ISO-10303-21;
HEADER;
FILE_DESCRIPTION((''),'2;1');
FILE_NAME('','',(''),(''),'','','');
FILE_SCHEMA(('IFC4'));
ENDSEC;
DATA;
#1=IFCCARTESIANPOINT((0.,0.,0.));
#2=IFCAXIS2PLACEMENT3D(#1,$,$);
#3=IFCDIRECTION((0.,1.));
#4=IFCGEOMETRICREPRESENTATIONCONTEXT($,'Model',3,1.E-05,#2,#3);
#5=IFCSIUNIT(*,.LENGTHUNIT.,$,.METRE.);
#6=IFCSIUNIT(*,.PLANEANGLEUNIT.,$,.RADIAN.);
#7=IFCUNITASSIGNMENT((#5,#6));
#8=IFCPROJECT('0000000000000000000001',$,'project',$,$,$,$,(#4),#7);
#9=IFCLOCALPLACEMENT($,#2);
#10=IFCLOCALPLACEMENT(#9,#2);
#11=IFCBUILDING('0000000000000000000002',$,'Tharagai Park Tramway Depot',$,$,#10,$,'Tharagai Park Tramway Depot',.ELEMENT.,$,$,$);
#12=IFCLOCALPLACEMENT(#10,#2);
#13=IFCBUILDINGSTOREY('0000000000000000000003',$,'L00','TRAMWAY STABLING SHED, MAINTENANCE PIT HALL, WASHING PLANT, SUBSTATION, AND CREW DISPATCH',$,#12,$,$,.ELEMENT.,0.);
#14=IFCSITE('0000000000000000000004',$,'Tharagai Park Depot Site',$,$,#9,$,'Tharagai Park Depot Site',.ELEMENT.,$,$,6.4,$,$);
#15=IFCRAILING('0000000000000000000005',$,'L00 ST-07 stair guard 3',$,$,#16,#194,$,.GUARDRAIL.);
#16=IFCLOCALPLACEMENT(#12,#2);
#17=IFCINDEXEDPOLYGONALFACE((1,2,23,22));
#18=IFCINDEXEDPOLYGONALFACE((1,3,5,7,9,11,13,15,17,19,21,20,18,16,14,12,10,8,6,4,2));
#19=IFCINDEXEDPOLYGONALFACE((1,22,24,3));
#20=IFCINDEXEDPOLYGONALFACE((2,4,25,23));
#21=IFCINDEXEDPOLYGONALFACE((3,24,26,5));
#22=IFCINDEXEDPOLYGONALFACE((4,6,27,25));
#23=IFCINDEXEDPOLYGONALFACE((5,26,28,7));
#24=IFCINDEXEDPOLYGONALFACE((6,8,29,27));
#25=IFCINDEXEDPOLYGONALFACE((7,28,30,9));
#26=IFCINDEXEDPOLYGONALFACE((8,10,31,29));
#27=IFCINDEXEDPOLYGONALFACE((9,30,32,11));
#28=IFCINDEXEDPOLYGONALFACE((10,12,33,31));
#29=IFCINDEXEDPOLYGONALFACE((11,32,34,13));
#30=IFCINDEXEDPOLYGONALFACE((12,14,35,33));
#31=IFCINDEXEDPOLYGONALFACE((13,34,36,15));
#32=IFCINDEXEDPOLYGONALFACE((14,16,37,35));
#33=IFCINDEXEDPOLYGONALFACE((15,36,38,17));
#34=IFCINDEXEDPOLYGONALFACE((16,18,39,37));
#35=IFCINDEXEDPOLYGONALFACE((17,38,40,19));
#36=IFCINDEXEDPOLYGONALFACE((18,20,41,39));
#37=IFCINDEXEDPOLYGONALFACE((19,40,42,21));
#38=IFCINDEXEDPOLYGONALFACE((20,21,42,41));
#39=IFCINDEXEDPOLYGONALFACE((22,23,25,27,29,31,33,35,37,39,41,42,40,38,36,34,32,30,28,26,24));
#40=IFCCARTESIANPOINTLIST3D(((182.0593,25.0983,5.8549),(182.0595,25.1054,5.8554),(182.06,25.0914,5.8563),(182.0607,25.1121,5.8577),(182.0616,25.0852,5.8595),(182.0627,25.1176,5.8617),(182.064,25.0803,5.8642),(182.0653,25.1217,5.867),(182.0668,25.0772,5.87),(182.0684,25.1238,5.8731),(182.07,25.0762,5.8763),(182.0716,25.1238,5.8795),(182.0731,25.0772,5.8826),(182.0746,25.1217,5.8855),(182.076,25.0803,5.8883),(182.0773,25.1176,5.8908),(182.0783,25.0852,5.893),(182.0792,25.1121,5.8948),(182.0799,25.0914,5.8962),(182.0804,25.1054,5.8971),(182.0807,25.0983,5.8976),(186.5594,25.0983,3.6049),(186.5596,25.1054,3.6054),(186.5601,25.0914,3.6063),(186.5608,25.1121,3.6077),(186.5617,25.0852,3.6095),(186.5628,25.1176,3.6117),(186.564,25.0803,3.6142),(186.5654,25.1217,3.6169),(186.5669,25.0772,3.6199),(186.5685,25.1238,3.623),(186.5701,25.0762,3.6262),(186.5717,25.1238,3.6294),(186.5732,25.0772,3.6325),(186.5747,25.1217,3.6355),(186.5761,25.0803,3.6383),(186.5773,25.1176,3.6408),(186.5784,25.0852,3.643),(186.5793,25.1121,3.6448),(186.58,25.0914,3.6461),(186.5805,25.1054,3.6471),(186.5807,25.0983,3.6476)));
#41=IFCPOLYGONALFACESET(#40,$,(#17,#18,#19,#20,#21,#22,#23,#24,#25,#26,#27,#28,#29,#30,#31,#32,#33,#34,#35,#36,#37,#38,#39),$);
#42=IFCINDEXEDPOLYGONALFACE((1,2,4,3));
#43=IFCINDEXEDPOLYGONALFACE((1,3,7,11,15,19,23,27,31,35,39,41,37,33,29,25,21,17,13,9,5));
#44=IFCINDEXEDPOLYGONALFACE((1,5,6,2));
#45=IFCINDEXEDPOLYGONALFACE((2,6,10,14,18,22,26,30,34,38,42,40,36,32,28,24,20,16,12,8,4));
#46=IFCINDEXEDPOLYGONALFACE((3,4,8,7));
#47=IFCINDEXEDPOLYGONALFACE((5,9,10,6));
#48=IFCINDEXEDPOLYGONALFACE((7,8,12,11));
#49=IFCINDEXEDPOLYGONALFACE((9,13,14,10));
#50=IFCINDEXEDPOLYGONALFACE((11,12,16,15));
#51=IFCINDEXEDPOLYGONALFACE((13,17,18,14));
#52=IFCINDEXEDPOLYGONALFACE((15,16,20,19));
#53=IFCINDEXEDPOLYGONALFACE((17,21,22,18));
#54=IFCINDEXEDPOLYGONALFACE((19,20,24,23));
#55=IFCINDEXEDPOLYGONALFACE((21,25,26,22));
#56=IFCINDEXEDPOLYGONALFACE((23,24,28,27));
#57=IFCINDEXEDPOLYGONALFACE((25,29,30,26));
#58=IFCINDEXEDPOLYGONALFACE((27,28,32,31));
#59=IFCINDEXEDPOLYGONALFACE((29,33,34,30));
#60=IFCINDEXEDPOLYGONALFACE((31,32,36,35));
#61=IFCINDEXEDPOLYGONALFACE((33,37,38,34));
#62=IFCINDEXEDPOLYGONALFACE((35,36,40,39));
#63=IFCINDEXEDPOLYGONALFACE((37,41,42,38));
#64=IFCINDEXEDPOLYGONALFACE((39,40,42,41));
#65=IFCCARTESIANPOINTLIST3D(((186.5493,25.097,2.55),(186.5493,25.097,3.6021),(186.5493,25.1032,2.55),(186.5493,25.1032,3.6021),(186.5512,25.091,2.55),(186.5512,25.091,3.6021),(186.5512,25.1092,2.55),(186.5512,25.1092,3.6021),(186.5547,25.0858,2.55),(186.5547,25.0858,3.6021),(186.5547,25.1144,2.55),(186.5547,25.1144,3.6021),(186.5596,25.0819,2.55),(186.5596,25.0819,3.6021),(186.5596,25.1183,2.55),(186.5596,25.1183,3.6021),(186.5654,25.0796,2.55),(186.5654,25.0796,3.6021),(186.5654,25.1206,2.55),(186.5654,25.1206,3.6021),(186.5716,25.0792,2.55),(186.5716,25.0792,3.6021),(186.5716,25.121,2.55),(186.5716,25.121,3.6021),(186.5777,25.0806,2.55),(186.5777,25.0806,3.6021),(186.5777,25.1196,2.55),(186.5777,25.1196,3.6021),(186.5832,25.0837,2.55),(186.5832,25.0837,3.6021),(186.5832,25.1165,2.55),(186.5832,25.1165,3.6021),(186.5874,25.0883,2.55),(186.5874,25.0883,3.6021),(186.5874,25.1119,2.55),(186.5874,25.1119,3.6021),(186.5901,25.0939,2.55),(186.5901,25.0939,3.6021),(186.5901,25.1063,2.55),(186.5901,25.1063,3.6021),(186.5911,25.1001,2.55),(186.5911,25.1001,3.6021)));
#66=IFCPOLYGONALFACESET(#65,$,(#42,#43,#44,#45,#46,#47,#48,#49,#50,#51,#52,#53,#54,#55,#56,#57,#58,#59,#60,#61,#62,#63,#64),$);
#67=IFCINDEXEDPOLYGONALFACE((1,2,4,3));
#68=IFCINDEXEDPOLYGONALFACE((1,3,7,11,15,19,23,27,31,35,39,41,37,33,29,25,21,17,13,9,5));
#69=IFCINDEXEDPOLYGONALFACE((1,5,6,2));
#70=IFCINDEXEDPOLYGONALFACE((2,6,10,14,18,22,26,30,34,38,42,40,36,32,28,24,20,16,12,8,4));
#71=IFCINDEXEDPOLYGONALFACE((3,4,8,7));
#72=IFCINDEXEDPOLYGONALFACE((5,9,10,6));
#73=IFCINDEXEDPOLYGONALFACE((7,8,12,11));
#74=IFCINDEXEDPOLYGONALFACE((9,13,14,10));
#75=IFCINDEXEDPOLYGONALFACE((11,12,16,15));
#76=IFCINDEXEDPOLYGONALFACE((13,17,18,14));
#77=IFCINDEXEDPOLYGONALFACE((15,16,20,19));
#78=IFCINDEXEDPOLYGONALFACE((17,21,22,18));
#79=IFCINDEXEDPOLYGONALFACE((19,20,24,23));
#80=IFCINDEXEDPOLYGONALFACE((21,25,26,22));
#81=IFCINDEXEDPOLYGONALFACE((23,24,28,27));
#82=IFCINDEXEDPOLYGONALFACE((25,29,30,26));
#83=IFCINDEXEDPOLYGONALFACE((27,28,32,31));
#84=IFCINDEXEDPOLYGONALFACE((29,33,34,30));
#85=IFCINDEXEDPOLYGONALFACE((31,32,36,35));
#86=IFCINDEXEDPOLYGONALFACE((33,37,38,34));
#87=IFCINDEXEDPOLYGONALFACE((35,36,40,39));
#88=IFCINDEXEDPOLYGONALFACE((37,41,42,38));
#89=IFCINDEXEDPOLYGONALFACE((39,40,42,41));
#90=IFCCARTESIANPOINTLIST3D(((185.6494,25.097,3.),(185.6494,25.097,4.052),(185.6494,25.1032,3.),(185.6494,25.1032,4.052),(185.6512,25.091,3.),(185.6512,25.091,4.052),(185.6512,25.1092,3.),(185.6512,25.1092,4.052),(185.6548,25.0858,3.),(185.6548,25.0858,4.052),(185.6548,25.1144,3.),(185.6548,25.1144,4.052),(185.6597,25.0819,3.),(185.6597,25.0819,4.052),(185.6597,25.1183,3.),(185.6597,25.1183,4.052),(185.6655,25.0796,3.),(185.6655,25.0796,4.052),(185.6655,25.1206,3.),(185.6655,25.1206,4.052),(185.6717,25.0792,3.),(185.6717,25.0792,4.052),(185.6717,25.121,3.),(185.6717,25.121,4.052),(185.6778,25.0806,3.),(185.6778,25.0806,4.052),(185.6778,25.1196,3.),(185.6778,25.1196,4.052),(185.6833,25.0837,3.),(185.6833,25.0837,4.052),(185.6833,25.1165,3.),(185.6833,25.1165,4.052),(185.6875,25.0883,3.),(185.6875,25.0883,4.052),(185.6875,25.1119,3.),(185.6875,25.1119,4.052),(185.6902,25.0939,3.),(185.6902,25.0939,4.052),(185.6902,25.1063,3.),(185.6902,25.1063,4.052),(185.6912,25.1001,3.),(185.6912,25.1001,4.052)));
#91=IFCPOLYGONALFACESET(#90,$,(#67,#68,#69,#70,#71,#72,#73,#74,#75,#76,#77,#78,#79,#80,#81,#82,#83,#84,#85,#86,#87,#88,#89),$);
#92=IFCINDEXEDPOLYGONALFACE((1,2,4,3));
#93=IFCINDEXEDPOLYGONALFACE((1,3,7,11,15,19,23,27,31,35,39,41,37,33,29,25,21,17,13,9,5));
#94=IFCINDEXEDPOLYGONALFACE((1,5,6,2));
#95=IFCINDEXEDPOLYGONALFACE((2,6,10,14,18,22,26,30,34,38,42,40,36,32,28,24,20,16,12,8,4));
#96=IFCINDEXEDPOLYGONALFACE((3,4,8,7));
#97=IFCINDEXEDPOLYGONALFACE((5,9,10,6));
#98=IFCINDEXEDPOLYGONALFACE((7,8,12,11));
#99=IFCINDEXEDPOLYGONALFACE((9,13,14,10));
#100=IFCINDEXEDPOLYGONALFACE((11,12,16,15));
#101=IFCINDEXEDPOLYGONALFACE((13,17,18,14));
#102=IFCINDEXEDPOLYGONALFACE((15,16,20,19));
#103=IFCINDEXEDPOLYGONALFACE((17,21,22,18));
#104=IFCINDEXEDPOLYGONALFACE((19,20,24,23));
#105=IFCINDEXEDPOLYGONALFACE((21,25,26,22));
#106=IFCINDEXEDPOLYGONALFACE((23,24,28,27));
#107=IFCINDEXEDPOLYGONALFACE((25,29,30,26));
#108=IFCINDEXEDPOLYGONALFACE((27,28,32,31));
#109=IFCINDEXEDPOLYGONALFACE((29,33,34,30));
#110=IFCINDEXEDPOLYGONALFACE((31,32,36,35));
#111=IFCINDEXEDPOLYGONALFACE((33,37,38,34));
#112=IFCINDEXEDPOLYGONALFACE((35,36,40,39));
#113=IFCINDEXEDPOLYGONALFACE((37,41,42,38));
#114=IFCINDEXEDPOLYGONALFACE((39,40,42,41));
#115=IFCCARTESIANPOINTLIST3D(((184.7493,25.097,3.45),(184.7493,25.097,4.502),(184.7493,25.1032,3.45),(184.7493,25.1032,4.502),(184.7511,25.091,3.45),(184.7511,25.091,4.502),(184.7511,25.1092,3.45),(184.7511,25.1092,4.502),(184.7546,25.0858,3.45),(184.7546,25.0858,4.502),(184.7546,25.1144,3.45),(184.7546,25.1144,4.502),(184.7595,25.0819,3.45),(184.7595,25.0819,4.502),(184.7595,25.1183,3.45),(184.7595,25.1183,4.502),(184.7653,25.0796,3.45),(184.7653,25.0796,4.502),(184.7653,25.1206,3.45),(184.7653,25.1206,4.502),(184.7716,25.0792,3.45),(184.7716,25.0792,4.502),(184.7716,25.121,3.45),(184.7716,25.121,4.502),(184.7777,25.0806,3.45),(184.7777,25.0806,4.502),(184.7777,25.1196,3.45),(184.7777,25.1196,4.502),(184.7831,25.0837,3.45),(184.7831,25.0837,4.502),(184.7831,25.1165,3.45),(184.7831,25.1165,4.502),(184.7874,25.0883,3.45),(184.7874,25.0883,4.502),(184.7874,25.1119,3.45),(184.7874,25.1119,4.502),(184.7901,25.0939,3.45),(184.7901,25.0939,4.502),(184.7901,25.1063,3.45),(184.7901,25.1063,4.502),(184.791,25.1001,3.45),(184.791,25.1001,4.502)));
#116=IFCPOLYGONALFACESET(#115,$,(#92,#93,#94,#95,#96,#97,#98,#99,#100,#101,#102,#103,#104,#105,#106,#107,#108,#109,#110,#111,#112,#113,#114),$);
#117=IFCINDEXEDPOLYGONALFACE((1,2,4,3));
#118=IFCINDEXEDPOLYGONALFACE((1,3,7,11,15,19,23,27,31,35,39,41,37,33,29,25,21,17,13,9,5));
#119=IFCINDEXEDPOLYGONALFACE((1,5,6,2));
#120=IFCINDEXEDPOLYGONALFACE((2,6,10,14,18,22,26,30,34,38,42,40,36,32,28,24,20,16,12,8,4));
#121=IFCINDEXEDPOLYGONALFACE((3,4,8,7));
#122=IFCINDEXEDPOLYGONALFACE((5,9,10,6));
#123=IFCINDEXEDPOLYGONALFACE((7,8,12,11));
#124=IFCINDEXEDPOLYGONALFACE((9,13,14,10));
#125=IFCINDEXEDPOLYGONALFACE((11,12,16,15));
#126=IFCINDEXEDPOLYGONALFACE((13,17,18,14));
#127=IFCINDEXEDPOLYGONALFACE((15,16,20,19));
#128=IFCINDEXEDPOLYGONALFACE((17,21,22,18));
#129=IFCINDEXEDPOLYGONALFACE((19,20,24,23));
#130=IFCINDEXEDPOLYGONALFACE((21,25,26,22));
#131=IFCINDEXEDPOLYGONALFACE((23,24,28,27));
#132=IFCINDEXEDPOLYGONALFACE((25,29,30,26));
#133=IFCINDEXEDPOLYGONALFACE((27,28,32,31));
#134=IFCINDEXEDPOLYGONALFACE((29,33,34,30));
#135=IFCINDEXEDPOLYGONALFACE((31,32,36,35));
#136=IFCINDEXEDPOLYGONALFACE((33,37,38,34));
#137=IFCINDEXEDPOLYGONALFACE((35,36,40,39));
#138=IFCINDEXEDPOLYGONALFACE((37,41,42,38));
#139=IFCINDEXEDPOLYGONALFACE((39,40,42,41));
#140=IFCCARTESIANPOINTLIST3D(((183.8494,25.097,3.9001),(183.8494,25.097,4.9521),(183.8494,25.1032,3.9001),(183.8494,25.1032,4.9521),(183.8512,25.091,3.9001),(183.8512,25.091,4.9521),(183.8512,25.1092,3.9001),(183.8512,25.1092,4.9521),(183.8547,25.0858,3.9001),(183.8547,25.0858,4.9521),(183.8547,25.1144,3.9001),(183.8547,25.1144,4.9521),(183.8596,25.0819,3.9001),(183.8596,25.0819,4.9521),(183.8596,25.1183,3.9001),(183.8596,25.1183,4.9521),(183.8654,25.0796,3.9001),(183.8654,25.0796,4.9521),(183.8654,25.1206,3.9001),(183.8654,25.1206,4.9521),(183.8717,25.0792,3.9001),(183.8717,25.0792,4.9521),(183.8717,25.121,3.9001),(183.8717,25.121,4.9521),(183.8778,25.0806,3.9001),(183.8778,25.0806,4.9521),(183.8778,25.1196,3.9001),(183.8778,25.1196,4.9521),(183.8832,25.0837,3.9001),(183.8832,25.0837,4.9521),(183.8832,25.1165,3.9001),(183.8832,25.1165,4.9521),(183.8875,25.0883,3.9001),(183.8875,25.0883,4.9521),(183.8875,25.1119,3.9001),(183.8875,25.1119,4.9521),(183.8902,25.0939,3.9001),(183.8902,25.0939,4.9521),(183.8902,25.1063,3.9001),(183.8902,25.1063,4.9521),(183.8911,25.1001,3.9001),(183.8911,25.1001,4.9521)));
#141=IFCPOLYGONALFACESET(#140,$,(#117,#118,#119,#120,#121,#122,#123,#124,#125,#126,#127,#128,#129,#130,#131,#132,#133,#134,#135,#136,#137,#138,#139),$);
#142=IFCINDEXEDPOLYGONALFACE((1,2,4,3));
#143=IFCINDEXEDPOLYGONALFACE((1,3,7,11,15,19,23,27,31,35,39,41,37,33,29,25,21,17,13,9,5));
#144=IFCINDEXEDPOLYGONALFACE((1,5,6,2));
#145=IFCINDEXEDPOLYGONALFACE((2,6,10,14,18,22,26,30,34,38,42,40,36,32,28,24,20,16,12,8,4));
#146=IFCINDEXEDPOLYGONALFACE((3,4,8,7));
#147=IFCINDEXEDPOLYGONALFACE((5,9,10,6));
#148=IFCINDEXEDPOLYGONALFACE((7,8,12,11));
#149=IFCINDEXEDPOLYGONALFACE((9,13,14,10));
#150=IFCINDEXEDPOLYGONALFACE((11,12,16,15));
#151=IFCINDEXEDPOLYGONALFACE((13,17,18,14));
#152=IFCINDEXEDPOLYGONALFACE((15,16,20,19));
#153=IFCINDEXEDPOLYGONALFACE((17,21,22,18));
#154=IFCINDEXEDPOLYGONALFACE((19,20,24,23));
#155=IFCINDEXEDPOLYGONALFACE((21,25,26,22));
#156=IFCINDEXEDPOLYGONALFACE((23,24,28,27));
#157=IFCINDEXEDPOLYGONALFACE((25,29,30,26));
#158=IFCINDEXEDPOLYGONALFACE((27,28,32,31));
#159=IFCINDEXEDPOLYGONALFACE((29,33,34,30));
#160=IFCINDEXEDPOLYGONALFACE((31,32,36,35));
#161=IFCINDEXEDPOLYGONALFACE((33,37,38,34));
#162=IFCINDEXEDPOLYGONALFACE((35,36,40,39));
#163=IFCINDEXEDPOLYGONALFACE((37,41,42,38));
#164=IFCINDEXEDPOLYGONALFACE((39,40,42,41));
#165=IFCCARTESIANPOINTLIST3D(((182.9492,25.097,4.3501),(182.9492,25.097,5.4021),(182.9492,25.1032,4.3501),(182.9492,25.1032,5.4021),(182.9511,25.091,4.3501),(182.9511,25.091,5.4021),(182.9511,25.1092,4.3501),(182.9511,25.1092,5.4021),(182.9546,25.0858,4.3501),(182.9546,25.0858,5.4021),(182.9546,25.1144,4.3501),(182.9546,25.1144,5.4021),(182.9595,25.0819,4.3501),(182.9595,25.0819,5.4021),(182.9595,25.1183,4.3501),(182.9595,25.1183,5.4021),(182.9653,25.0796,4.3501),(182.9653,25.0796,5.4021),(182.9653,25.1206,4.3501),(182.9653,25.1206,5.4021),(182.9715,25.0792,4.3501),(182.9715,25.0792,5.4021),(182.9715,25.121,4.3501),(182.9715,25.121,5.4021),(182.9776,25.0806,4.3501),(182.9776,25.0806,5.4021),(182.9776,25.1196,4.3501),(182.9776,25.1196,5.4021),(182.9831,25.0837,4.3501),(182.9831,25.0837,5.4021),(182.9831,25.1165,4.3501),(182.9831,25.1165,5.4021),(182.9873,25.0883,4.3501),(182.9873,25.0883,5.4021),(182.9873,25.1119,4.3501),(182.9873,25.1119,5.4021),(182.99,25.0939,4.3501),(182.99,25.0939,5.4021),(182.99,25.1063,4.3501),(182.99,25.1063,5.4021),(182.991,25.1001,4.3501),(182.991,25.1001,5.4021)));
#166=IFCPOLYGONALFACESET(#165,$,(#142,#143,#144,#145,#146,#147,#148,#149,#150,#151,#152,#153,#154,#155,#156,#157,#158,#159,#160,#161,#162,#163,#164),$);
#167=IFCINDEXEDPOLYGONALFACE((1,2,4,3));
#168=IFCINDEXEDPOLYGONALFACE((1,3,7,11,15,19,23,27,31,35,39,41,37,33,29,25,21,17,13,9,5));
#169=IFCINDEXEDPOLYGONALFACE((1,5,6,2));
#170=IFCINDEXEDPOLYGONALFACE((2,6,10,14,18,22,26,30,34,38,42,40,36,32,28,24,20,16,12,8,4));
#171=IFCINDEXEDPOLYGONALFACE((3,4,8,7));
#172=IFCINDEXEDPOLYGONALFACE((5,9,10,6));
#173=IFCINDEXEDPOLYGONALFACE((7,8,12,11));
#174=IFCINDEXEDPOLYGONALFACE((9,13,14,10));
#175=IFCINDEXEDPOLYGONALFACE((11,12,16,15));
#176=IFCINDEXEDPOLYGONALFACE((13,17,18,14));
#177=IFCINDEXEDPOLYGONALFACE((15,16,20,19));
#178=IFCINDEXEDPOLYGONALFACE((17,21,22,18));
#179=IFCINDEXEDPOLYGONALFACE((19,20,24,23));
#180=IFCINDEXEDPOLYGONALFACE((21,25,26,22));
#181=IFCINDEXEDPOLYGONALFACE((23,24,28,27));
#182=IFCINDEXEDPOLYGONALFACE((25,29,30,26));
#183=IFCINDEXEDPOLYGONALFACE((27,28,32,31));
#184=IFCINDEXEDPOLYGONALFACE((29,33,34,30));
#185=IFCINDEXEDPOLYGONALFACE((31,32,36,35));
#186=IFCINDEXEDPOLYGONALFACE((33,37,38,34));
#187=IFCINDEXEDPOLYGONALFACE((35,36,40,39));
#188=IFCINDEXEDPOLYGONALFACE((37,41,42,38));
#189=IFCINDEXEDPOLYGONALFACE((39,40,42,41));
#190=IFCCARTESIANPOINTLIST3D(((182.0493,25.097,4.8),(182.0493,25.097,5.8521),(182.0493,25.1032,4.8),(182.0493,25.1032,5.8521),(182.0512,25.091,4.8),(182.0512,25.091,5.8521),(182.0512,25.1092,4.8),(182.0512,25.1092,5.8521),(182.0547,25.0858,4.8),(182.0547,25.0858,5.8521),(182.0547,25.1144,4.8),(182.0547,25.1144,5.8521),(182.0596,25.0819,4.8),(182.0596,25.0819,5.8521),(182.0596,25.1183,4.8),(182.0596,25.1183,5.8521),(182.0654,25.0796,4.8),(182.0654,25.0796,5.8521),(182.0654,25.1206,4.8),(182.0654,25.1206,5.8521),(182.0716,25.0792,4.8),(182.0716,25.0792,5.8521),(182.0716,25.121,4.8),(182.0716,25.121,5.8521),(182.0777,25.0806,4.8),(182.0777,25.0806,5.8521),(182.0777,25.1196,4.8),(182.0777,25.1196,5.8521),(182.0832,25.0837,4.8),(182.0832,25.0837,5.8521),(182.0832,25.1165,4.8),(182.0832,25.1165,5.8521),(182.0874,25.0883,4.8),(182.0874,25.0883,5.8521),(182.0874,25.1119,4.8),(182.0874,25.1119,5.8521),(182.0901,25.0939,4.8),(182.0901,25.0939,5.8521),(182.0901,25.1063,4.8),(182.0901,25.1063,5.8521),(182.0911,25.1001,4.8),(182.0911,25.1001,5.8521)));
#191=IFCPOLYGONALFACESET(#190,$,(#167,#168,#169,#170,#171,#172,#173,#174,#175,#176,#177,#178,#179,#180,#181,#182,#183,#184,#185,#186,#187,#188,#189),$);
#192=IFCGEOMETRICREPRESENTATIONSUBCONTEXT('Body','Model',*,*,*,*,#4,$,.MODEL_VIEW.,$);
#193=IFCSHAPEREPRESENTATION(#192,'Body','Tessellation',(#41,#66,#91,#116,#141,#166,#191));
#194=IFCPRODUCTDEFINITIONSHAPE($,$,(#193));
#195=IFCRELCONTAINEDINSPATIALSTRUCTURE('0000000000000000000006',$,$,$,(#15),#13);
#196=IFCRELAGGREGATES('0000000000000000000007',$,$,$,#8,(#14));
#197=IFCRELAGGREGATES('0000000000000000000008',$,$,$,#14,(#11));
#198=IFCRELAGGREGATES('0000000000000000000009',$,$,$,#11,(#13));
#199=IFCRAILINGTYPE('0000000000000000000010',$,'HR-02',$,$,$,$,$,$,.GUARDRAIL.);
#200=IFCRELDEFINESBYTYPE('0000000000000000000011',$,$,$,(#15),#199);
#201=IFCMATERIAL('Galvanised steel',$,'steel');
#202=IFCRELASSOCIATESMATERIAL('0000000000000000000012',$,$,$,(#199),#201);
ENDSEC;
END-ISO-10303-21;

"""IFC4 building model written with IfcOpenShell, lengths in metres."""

from ifc_helpers import new_model, si_unit, direction, frame, origin, origin_2d, place, context, subcontext, project, spatial, circle, extrude, material, type_object, element, save


model = new_model("IFC4")

# Units and contexts
model_context = context("Model", 3, precision=1e-05, world=origin(), true_north=direction((0.0, 1.0)))
body_context = subcontext(model_context, "Body", "Model", "MODEL_VIEW")
ifc_project = project(units=[si_unit("LENGTHUNIT", "METRE"), si_unit("PLANEANGLEUNIT", "RADIAN")], contexts=[model_context])

# Site, building, storey
site_placement = place(None, origin())
site = spatial("IfcSite", under=ifc_project, at=site_placement, Name="Tharagai Park Depot Site", LongName="Tharagai Park Depot Site", CompositionType="ELEMENT", RefElevation=6.4)
building_placement = place(site_placement, origin())
building = spatial("IfcBuilding", under=site, at=building_placement, Name="Tharagai Park Tramway Depot", LongName="Tharagai Park Tramway Depot", CompositionType="ELEMENT")
storey_placement = place(building_placement, origin())
storey = spatial("IfcBuildingStorey", under=building, at=storey_placement, Name="L00", Description="TRAMWAY STABLING SHED, MAINTENANCE PIT HALL, WASHING PLANT, SUBSTATION, AND CREW DISPATCH", CompositionType="ELEMENT", Elevation=0.0)

# Railing
ifc_material_1 = material(Name="Galvanised steel", Category="steel")
railing_type_1 = type_object("IfcRailingType", Name="HR-02", PredefinedType="GUARDRAIL", material=ifc_material_1)
railing_1_placement = place(storey_placement, frame((186.5701, 25.1001, 2.55)))
element("IfcRailing", 1, at=railing_1_placement, inside=storey, type_object=railing_type_1, Name="L00 ST-07 stair guard 3", PredefinedType="GUARDRAIL", context=body_context, shape_type="SweptSolid", body=[
    extrude(circle(Radius=0.0239, at=origin_2d()), frame((0.0, 0.0, 1.0762), z_axis=(-0.894427, 0.0, 0.447214), x_axis=(0.0, -1.0, 0.0)), (0.0, 0.0, 1.0), 5.0312),
    extrude(circle(Radius=0.021, at=origin_2d()), origin(), (0.0, 0.0, 1.0), 1.052),
    extrude(circle(Radius=0.021, at=origin_2d()), frame((-0.8999, 0.0, 0.45)), (0.0, 0.0, 1.0), 1.052),
    extrude(circle(Radius=0.021, at=origin_2d()), frame((-1.8, 0.0, 0.8999)), (0.0, 0.0, 1.0), 1.052),
    extrude(circle(Radius=0.021, at=origin_2d()), frame((-2.7, 0.0, 1.3501)), (0.0, 0.0, 1.0), 1.052),
    extrude(circle(Radius=0.021, at=origin_2d()), frame((-3.6001, 0.0, 1.8)), (0.0, 0.0, 1.0), 1.052),
    extrude(circle(Radius=0.021, at=origin_2d()), frame((-4.5, 0.0, 2.25)), (0.0, 0.0, 1.0), 1.052),
])

save(model, "model.ifc")
